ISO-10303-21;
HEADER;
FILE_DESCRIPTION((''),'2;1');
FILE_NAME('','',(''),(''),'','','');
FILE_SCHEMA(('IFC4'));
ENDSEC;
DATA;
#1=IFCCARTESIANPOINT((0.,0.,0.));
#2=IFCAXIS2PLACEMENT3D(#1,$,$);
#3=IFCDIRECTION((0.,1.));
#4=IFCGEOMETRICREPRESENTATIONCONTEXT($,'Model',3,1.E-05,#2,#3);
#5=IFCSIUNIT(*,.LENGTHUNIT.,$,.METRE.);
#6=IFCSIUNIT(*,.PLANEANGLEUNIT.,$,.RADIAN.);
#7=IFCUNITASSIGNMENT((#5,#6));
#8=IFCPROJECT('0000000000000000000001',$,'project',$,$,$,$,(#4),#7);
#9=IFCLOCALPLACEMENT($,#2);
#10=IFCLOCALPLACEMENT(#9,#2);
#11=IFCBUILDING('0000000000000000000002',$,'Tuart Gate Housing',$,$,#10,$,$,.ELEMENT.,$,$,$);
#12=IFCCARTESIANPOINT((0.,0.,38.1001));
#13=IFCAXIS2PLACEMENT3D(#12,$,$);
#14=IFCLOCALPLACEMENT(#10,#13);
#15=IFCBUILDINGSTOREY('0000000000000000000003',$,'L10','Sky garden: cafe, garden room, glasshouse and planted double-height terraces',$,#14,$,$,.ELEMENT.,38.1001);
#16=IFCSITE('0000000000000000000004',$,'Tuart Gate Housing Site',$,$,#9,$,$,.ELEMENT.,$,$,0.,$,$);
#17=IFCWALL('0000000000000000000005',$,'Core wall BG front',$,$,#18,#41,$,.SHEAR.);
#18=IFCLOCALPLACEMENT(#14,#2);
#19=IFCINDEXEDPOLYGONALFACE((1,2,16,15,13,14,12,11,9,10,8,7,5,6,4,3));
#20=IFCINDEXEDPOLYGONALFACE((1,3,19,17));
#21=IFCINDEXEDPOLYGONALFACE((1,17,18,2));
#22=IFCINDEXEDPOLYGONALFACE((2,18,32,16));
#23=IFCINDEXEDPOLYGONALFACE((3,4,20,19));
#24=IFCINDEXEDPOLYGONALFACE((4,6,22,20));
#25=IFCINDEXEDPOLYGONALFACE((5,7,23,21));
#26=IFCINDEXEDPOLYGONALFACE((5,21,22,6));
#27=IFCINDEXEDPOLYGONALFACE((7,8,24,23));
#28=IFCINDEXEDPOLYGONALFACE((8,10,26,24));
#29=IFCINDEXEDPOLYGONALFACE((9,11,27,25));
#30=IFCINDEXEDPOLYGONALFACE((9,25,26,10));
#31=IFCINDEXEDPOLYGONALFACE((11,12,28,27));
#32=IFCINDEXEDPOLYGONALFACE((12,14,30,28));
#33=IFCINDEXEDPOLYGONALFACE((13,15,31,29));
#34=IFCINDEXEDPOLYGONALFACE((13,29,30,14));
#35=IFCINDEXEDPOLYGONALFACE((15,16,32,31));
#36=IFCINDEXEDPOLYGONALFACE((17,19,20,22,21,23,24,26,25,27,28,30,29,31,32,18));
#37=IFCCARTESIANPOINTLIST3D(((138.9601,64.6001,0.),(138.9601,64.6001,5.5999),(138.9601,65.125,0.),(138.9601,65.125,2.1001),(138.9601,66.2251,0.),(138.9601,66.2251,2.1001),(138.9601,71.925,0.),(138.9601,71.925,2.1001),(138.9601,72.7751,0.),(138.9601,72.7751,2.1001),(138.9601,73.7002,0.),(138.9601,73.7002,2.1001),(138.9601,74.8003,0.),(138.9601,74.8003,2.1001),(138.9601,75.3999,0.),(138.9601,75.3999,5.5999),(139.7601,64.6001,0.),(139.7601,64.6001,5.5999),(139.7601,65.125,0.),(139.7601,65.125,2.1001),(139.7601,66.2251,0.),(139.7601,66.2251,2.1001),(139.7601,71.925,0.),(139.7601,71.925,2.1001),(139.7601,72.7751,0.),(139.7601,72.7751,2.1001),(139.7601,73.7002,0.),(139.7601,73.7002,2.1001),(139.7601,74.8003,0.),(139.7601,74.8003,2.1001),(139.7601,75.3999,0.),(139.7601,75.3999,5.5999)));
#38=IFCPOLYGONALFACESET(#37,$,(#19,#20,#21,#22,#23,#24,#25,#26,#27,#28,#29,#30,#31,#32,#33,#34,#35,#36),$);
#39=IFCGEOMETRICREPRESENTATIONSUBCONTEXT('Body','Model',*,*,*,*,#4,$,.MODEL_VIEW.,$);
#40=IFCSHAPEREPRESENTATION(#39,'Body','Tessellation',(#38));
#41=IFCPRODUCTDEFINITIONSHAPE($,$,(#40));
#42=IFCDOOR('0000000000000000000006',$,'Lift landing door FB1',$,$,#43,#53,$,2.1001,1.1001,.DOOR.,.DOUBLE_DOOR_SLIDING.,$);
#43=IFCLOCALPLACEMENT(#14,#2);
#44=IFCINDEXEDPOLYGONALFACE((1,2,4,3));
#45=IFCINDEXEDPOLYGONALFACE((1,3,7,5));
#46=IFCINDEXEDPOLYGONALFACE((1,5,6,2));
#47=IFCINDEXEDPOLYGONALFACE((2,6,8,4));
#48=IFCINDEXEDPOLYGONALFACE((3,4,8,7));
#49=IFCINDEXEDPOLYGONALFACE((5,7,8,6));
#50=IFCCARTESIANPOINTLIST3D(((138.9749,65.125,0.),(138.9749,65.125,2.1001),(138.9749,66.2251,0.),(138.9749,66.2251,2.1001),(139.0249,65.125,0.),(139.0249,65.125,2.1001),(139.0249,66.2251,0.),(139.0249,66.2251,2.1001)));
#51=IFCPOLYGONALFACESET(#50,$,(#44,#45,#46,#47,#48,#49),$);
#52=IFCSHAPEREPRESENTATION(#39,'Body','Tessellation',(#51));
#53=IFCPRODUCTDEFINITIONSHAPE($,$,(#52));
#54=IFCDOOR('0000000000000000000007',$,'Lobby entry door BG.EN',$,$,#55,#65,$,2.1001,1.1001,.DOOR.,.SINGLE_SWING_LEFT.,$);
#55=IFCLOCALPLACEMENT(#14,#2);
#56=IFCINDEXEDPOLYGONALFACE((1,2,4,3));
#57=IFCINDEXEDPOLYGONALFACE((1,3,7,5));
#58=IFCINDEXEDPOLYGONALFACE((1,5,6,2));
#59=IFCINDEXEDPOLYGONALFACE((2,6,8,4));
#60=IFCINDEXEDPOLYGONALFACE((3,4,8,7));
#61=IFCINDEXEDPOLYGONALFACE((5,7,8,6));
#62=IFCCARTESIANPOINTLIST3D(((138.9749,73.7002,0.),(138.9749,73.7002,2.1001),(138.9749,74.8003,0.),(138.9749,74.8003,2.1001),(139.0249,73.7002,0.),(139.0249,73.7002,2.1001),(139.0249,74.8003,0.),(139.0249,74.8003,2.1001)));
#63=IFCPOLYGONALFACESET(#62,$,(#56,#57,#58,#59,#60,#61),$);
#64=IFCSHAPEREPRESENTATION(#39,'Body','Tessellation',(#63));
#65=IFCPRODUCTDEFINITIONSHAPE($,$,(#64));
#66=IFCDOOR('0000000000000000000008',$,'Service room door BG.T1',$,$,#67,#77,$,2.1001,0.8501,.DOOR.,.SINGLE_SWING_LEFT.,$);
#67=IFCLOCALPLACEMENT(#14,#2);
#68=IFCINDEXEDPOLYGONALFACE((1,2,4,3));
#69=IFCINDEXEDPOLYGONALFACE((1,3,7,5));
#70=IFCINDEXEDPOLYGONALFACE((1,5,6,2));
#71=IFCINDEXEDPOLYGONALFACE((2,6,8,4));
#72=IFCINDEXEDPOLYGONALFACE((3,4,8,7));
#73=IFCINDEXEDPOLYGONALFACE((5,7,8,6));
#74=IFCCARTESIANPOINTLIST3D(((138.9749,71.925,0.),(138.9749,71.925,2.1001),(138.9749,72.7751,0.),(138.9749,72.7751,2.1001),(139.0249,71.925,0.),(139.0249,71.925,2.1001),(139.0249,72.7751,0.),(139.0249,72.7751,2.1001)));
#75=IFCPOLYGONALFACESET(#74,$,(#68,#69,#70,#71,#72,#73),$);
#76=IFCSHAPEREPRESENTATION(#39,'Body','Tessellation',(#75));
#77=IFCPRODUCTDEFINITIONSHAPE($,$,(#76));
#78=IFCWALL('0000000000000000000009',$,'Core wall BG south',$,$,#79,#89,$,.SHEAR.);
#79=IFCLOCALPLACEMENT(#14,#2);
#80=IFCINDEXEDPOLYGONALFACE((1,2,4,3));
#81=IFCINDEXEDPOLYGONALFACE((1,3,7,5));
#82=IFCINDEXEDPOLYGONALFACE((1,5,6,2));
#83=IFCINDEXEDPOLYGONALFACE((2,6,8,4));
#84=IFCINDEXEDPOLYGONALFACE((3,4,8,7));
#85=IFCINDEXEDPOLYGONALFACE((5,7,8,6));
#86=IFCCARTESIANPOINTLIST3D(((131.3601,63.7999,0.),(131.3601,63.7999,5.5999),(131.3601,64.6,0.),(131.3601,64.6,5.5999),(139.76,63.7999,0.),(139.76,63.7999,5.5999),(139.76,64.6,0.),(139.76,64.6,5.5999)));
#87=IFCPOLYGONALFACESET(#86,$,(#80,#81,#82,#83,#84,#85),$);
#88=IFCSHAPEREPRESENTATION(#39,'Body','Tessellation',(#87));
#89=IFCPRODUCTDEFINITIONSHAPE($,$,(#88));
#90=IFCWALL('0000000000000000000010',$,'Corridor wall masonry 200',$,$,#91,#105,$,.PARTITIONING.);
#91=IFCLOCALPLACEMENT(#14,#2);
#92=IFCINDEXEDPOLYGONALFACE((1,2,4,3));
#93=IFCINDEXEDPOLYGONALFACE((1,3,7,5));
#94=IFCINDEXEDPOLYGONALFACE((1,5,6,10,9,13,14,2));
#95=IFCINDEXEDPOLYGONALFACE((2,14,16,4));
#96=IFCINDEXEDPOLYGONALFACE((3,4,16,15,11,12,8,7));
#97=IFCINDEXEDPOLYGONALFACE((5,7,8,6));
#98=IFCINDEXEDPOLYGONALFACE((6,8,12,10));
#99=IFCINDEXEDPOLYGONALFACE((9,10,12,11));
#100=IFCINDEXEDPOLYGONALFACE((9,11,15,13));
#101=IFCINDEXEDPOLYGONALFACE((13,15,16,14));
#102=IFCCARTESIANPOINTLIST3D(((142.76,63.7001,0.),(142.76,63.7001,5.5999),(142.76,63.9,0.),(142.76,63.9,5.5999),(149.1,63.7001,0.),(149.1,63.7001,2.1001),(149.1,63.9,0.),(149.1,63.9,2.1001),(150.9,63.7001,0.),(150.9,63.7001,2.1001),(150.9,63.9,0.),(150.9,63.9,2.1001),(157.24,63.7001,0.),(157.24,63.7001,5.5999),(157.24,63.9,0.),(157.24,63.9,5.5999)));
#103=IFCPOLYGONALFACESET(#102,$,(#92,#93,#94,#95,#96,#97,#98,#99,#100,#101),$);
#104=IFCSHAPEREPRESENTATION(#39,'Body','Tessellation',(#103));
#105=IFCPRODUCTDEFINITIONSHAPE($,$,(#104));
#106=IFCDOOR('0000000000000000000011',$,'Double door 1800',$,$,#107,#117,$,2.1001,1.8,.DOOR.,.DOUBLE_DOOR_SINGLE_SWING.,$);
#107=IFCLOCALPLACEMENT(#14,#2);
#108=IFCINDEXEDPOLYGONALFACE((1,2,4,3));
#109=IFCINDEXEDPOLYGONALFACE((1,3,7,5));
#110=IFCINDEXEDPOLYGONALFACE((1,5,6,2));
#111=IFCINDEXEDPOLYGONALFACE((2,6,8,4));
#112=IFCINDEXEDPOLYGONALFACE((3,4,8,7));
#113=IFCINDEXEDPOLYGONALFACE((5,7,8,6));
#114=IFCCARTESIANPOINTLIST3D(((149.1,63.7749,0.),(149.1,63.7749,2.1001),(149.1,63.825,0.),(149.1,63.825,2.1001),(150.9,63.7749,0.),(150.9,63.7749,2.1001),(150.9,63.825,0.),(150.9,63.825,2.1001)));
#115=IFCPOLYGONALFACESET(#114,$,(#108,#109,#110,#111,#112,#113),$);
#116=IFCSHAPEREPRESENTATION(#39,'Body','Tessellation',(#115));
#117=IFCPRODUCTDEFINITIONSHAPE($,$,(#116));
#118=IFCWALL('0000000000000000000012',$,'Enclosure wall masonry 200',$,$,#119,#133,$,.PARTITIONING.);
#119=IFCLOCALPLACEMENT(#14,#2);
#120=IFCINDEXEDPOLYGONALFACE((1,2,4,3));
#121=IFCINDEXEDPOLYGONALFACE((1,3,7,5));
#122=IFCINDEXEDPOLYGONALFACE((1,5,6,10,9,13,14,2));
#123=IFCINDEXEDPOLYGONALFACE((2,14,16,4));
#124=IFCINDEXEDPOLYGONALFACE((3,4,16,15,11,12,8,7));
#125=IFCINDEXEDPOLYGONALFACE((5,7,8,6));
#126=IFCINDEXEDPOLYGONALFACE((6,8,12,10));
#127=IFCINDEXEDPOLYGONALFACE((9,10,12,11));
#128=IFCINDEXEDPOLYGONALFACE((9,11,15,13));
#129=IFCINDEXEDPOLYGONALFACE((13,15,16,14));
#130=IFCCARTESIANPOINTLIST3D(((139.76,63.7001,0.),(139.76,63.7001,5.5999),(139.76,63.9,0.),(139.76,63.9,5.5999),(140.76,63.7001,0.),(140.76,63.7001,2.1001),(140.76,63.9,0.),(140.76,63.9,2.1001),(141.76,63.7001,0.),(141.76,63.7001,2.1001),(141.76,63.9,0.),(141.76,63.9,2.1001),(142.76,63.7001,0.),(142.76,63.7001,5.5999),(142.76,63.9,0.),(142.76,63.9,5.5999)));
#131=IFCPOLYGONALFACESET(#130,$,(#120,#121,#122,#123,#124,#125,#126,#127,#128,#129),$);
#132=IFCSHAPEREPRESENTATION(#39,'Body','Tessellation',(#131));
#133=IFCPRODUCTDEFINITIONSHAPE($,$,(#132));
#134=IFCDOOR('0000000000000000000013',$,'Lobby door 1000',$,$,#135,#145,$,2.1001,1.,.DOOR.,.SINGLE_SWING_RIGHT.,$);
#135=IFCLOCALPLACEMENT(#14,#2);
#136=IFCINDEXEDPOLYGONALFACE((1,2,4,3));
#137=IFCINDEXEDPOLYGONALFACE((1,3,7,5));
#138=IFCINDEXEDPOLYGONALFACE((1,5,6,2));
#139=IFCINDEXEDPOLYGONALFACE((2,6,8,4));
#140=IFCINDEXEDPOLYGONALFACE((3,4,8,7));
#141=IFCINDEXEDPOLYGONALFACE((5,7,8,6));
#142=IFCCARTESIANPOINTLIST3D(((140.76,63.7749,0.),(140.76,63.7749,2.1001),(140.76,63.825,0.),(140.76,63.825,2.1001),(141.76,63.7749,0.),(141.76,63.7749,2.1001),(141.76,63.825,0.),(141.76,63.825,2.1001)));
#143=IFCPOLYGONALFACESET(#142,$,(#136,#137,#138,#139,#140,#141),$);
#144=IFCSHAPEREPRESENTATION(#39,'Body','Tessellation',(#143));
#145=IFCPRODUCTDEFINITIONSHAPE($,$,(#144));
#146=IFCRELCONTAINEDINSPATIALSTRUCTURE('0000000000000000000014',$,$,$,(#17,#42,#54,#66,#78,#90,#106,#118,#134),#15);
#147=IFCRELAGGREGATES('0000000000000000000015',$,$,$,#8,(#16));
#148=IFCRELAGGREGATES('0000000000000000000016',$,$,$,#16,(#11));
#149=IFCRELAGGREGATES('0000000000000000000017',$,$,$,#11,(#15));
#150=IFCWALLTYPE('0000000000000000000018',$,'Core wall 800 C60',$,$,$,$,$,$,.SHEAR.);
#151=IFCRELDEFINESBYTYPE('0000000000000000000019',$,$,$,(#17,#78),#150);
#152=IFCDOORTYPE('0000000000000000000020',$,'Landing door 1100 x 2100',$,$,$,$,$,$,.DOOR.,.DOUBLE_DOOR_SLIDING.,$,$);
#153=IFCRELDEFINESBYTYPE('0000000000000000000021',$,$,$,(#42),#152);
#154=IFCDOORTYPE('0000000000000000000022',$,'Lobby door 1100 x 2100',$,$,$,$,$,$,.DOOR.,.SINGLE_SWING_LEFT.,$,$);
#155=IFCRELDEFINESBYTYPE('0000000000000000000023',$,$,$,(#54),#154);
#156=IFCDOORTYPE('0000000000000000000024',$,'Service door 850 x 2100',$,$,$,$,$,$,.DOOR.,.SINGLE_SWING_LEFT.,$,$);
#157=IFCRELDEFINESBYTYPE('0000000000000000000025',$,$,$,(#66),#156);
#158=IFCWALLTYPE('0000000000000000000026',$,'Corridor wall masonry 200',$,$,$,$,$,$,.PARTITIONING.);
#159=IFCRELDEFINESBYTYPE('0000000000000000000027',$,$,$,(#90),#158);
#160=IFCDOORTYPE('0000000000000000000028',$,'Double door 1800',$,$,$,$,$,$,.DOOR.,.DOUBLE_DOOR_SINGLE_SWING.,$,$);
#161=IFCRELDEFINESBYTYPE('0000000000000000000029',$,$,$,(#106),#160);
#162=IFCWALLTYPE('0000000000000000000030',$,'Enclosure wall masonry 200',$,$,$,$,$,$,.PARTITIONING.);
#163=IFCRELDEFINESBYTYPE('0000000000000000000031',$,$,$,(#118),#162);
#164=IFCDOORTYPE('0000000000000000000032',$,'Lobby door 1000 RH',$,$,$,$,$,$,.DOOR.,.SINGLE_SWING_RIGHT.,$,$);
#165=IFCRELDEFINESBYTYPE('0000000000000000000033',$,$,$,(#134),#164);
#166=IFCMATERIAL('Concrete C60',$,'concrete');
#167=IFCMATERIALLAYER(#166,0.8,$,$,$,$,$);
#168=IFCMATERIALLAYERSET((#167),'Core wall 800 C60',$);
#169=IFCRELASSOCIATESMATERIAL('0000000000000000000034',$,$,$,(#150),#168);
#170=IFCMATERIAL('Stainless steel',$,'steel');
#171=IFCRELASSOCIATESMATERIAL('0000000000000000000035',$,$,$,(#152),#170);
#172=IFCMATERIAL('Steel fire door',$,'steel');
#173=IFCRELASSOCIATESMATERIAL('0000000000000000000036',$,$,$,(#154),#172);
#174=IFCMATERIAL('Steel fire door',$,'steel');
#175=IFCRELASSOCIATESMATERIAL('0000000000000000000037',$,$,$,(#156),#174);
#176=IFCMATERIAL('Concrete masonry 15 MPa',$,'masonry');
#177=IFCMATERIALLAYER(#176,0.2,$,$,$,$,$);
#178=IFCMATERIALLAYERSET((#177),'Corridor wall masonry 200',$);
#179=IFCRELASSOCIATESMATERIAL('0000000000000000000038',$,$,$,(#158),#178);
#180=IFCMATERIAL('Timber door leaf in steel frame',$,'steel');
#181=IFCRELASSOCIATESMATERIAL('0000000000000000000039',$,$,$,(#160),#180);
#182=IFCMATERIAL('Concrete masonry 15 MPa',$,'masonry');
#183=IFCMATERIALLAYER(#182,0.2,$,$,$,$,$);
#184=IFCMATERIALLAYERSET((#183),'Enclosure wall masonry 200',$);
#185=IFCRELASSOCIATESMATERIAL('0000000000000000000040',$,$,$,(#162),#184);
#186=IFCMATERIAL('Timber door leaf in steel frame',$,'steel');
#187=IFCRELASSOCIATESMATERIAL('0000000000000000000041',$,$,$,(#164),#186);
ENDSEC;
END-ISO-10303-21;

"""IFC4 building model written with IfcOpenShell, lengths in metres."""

from ifc_helpers import new_model, si_unit, direction, frame, frame_2d, origin, place, context, subcontext, project, spatial, rectangle, extrude, material, layer, layer_set, type_object, element, fill, save


model = new_model("IFC4")

# Units and contexts
model_context = context("Model", 3, precision=1e-05, world=origin(), true_north=direction((0.0, 1.0)))
body_context = subcontext(model_context, "Body", "Model", "MODEL_VIEW")
ifc_project = project(units=[si_unit("LENGTHUNIT", "METRE"), si_unit("PLANEANGLEUNIT", "RADIAN")], contexts=[model_context])

# Site, building, storey
site_placement = place(None, origin())
site = spatial("IfcSite", under=ifc_project, at=site_placement, Name="Tuart Gate Housing Site", CompositionType="ELEMENT", RefElevation=0.0)
building_placement = place(site_placement, origin())
building = spatial("IfcBuilding", under=site, at=building_placement, Name="Tuart Gate Housing", CompositionType="ELEMENT")
storey_placement = place(building_placement, frame((0.0, 0.0, 38.1001)))
storey = spatial("IfcBuildingStorey", under=building, at=storey_placement, Name="L10", Description="Sky garden: cafe, garden room, glasshouse and planted double-height terraces", CompositionType="ELEMENT", Elevation=38.1001)

# Wall, openings, doors
ifc_material_1 = material(Name="Concrete C60", Category="concrete")
ifc_layer_1 = layer(ifc_material_1, 0.8)
ifc_layer_set_1 = layer_set([ifc_layer_1], Name="Core wall 800 C60")
wall_type_1 = type_object("IfcWallType", Name="Core wall 800 C60", PredefinedType="SHEAR", material=ifc_layer_set_1)
wall_1_placement = place(storey_placement, frame((139.3601, 64.6001, 0.0), z_axis=(0.0, 0.0, 1.0), x_axis=(0.0, 1.0, 0.0)))
wall_1 = element("IfcWall", 1, at=wall_1_placement, inside=storey, type_object=wall_type_1, Name="Core wall BG front", PredefinedType="SHEAR", context=body_context, shape_type="SweptSolid", body=[
    extrude(rectangle(XDim=10.7998, YDim=0.8, at=frame_2d((5.3999, 0.0))), origin(), (0.0, 0.0, 1.0), 5.5999),
])
opening_1_placement = place(wall_1_placement, frame((0.5249, 0.0, 0.0)))
opening_1 = element("IfcOpeningElement", 2, at=opening_1_placement, cuts=wall_1, PredefinedType="OPENING", context=body_context, shape_type="SweptSolid", body=[
    extrude(rectangle(XDim=1.1001, YDim=2.1001, at=frame_2d((0.55, 1.05))), frame((0.0, 0.4099, 0.0), z_axis=(0.0, -1.0, 0.0), x_axis=(1.0, 0.0, 0.0)), (0.0, 0.0, 1.0), 0.8201),
])
opening_2_placement = place(wall_1_placement, frame((9.1001, 0.0, 0.0)))
opening_2 = element("IfcOpeningElement", 3, at=opening_2_placement, cuts=wall_1, PredefinedType="OPENING", context=body_context, shape_type="SweptSolid", body=[
    extrude(rectangle(XDim=1.1001, YDim=2.1001, at=frame_2d((0.55, 1.05))), frame((0.0, 0.4099, 0.0), z_axis=(0.0, -1.0, 0.0), x_axis=(1.0, 0.0, 0.0)), (0.0, 0.0, 1.0), 0.8201),
])
opening_3_placement = place(wall_1_placement, frame((7.325, 0.0, 0.0)))
opening_3 = element("IfcOpeningElement", 4, at=opening_3_placement, cuts=wall_1, PredefinedType="OPENING", context=body_context, shape_type="SweptSolid", body=[
    extrude(rectangle(XDim=0.8501, YDim=2.1001, at=frame_2d((0.425, 1.05))), frame((0.0, 0.4099, 0.0), z_axis=(0.0, -1.0, 0.0), x_axis=(1.0, 0.0, 0.0)), (0.0, 0.0, 1.0), 0.8201),
])
ifc_material_2 = material(Name="Stainless steel", Category="steel")
door_type_1 = type_object("IfcDoorType", Name="Landing door 1100 x 2100", OperationType="DOUBLE_DOOR_SLIDING", PredefinedType="DOOR", material=ifc_material_2)
door_1_placement = place(opening_1_placement, origin())
door_1 = element("IfcDoor", 5, at=door_1_placement, inside=storey, type_object=door_type_1, Name="Lift landing door FB1", OperationType="DOUBLE_DOOR_SLIDING", OverallHeight=2.1001, OverallWidth=1.1001, PredefinedType="DOOR", context=body_context, shape_type="SweptSolid", body=[
    extrude(rectangle(XDim=1.1001, YDim=2.1001, at=frame_2d((0.55, 1.05))), frame((0.0, 0.3853, 0.0), z_axis=(0.0, -1.0, 0.0), x_axis=(1.0, 0.0, 0.0)), (0.0, 0.0, 1.0), 0.05),
])
fill(opening_1, door_1)
ifc_material_3 = material(Name="Steel fire door", Category="steel")
door_type_2 = type_object("IfcDoorType", Name="Lobby door 1100 x 2100", OperationType="SINGLE_SWING_LEFT", PredefinedType="DOOR", material=ifc_material_3)
door_2_placement = place(opening_2_placement, origin())
door_2 = element("IfcDoor", 6, at=door_2_placement, inside=storey, type_object=door_type_2, Name="Lobby entry door BG.EN", OperationType="SINGLE_SWING_LEFT", OverallHeight=2.1001, OverallWidth=1.1001, PredefinedType="DOOR", context=body_context, shape_type="SweptSolid", body=[
    extrude(rectangle(XDim=1.1001, YDim=2.1001, at=frame_2d((0.55, 1.05))), frame((0.0, 0.3853, 0.0), z_axis=(0.0, -1.0, 0.0), x_axis=(1.0, 0.0, 0.0)), (0.0, 0.0, 1.0), 0.05),
])
fill(opening_2, door_2)
ifc_material_4 = material(Name="Steel fire door", Category="steel")
door_type_3 = type_object("IfcDoorType", Name="Service door 850 x 2100", OperationType="SINGLE_SWING_LEFT", PredefinedType="DOOR", material=ifc_material_4)
door_3_placement = place(opening_3_placement, origin())
door_3 = element("IfcDoor", 7, at=door_3_placement, inside=storey, type_object=door_type_3, Name="Service room door BG.T1", OperationType="SINGLE_SWING_LEFT", OverallHeight=2.1001, OverallWidth=0.8501, PredefinedType="DOOR", context=body_context, shape_type="SweptSolid", body=[
    extrude(rectangle(XDim=0.8501, YDim=2.1001, at=frame_2d((0.425, 1.05))), frame((0.0, 0.3853, 0.0), z_axis=(0.0, -1.0, 0.0), x_axis=(1.0, 0.0, 0.0)), (0.0, 0.0, 1.0), 0.05),
])
fill(opening_3, door_3)

# Wall
wall_2_placement = place(storey_placement, frame((139.76, 64.2, 0.0), z_axis=(0.0, 0.0, 1.0), x_axis=(-1.0, 0.0, 0.0)))
element("IfcWall", 8, at=wall_2_placement, inside=storey, type_object=wall_type_1, Name="Core wall BG south", PredefinedType="SHEAR", context=body_context, shape_type="SweptSolid", body=[
    extrude(rectangle(XDim=8.3999, YDim=0.8, at=frame_2d((4.2, 0.0))), origin(), (0.0, 0.0, 1.0), 5.5999),
])

# Walls, openings, doors
ifc_material_5 = material(Name="Concrete masonry 15 MPa", Category="masonry")
ifc_layer_2 = layer(ifc_material_5, 0.2)
ifc_layer_set_2 = layer_set([ifc_layer_2], Name="Corridor wall masonry 200")
wall_type_2 = type_object("IfcWallType", Name="Corridor wall masonry 200", PredefinedType="PARTITIONING", material=ifc_layer_set_2)
wall_3_placement = place(storey_placement, frame((142.76, 63.8, 0.0), z_axis=(0.0, 0.0, 1.0), x_axis=(1.0, 0.0, 0.0)))
wall_3 = element("IfcWall", 9, at=wall_3_placement, inside=storey, type_object=wall_type_2, Name="Corridor wall masonry 200", PredefinedType="PARTITIONING", context=body_context, shape_type="SweptSolid", body=[
    extrude(rectangle(XDim=14.48, YDim=0.2, at=frame_2d((7.24, 0.0))), origin(), (0.0, 0.0, 1.0), 5.5999),
])
opening_4_placement = place(wall_3_placement, frame((6.3401, 0.0, 0.0)))
opening_4 = element("IfcOpeningElement", 10, at=opening_4_placement, cuts=wall_3, PredefinedType="OPENING", context=body_context, shape_type="SweptSolid", body=[
    extrude(rectangle(XDim=1.8, YDim=2.1001, at=frame_2d((0.8999, 1.05))), frame((0.0, 0.1099, 0.0), z_axis=(0.0, -1.0, 0.0), x_axis=(1.0, 0.0, 0.0)), (0.0, 0.0, 1.0), 0.22),
])
ifc_material_6 = material(Name="Timber door leaf in steel frame", Category="steel")
door_type_4 = type_object("IfcDoorType", Name="Double door 1800", OperationType="DOUBLE_DOOR_SINGLE_SWING", PredefinedType="DOOR", material=ifc_material_6)
door_4_placement = place(opening_4_placement, origin())
door_4 = element("IfcDoor", 11, at=door_4_placement, inside=storey, type_object=door_type_4, Name="Double door 1800", OperationType="DOUBLE_DOOR_SINGLE_SWING", OverallHeight=2.1001, OverallWidth=1.8, PredefinedType="DOOR", context=body_context, shape_type="SweptSolid", body=[
    extrude(rectangle(XDim=1.8, YDim=2.1001, at=frame_2d((0.8999, 1.05))), frame((0.0, 0.0249, 0.0), z_axis=(0.0, -1.0, 0.0), x_axis=(1.0, 0.0, 0.0)), (0.0, 0.0, 1.0), 0.05),
])
fill(opening_4, door_4)
ifc_material_7 = material(Name="Concrete masonry 15 MPa", Category="masonry")
ifc_layer_3 = layer(ifc_material_7, 0.2)
ifc_layer_set_3 = layer_set([ifc_layer_3], Name="Enclosure wall masonry 200")
wall_type_3 = type_object("IfcWallType", Name="Enclosure wall masonry 200", PredefinedType="PARTITIONING", material=ifc_layer_set_3)
wall_4_placement = place(storey_placement, frame((139.76, 63.8, 0.0), z_axis=(0.0, 0.0, 1.0), x_axis=(1.0, 0.0, 0.0)))
wall_4 = element("IfcWall", 12, at=wall_4_placement, inside=storey, type_object=wall_type_3, Name="Enclosure wall masonry 200", PredefinedType="PARTITIONING", context=body_context, shape_type="SweptSolid", body=[
    extrude(rectangle(XDim=3.0, YDim=0.2, at=frame_2d((1.5, 0.0))), origin(), (0.0, 0.0, 1.0), 5.5999),
])
opening_5_placement = place(wall_4_placement, frame((1.0, 0.0, 0.0)))
opening_5 = element("IfcOpeningElement", 13, at=opening_5_placement, cuts=wall_4, PredefinedType="OPENING", context=body_context, shape_type="SweptSolid", body=[
    extrude(rectangle(XDim=1.0, YDim=2.1001, at=frame_2d((0.5, 1.05))), frame((0.0, 0.1099, 0.0), z_axis=(0.0, -1.0, 0.0), x_axis=(1.0, 0.0, 0.0)), (0.0, 0.0, 1.0), 0.22),
])
ifc_material_8 = material(Name="Timber door leaf in steel frame", Category="steel")
door_type_5 = type_object("IfcDoorType", Name="Lobby door 1000 RH", OperationType="SINGLE_SWING_RIGHT", PredefinedType="DOOR", material=ifc_material_8)
door_5_placement = place(opening_5_placement, origin())
door_5 = element("IfcDoor", 14, at=door_5_placement, inside=storey, type_object=door_type_5, Name="Lobby door 1000", OperationType="SINGLE_SWING_RIGHT", OverallHeight=2.1001, OverallWidth=1.0, PredefinedType="DOOR", context=body_context, shape_type="SweptSolid", body=[
    extrude(rectangle(XDim=1.0, YDim=2.1001, at=frame_2d((0.5, 1.05))), frame((0.0, 0.0249, 0.0), z_axis=(0.0, -1.0, 0.0), x_axis=(1.0, 0.0, 0.0)), (0.0, 0.0, 1.0), 0.05),
])
fill(opening_5, door_5)

save(model, "model.ifc")
